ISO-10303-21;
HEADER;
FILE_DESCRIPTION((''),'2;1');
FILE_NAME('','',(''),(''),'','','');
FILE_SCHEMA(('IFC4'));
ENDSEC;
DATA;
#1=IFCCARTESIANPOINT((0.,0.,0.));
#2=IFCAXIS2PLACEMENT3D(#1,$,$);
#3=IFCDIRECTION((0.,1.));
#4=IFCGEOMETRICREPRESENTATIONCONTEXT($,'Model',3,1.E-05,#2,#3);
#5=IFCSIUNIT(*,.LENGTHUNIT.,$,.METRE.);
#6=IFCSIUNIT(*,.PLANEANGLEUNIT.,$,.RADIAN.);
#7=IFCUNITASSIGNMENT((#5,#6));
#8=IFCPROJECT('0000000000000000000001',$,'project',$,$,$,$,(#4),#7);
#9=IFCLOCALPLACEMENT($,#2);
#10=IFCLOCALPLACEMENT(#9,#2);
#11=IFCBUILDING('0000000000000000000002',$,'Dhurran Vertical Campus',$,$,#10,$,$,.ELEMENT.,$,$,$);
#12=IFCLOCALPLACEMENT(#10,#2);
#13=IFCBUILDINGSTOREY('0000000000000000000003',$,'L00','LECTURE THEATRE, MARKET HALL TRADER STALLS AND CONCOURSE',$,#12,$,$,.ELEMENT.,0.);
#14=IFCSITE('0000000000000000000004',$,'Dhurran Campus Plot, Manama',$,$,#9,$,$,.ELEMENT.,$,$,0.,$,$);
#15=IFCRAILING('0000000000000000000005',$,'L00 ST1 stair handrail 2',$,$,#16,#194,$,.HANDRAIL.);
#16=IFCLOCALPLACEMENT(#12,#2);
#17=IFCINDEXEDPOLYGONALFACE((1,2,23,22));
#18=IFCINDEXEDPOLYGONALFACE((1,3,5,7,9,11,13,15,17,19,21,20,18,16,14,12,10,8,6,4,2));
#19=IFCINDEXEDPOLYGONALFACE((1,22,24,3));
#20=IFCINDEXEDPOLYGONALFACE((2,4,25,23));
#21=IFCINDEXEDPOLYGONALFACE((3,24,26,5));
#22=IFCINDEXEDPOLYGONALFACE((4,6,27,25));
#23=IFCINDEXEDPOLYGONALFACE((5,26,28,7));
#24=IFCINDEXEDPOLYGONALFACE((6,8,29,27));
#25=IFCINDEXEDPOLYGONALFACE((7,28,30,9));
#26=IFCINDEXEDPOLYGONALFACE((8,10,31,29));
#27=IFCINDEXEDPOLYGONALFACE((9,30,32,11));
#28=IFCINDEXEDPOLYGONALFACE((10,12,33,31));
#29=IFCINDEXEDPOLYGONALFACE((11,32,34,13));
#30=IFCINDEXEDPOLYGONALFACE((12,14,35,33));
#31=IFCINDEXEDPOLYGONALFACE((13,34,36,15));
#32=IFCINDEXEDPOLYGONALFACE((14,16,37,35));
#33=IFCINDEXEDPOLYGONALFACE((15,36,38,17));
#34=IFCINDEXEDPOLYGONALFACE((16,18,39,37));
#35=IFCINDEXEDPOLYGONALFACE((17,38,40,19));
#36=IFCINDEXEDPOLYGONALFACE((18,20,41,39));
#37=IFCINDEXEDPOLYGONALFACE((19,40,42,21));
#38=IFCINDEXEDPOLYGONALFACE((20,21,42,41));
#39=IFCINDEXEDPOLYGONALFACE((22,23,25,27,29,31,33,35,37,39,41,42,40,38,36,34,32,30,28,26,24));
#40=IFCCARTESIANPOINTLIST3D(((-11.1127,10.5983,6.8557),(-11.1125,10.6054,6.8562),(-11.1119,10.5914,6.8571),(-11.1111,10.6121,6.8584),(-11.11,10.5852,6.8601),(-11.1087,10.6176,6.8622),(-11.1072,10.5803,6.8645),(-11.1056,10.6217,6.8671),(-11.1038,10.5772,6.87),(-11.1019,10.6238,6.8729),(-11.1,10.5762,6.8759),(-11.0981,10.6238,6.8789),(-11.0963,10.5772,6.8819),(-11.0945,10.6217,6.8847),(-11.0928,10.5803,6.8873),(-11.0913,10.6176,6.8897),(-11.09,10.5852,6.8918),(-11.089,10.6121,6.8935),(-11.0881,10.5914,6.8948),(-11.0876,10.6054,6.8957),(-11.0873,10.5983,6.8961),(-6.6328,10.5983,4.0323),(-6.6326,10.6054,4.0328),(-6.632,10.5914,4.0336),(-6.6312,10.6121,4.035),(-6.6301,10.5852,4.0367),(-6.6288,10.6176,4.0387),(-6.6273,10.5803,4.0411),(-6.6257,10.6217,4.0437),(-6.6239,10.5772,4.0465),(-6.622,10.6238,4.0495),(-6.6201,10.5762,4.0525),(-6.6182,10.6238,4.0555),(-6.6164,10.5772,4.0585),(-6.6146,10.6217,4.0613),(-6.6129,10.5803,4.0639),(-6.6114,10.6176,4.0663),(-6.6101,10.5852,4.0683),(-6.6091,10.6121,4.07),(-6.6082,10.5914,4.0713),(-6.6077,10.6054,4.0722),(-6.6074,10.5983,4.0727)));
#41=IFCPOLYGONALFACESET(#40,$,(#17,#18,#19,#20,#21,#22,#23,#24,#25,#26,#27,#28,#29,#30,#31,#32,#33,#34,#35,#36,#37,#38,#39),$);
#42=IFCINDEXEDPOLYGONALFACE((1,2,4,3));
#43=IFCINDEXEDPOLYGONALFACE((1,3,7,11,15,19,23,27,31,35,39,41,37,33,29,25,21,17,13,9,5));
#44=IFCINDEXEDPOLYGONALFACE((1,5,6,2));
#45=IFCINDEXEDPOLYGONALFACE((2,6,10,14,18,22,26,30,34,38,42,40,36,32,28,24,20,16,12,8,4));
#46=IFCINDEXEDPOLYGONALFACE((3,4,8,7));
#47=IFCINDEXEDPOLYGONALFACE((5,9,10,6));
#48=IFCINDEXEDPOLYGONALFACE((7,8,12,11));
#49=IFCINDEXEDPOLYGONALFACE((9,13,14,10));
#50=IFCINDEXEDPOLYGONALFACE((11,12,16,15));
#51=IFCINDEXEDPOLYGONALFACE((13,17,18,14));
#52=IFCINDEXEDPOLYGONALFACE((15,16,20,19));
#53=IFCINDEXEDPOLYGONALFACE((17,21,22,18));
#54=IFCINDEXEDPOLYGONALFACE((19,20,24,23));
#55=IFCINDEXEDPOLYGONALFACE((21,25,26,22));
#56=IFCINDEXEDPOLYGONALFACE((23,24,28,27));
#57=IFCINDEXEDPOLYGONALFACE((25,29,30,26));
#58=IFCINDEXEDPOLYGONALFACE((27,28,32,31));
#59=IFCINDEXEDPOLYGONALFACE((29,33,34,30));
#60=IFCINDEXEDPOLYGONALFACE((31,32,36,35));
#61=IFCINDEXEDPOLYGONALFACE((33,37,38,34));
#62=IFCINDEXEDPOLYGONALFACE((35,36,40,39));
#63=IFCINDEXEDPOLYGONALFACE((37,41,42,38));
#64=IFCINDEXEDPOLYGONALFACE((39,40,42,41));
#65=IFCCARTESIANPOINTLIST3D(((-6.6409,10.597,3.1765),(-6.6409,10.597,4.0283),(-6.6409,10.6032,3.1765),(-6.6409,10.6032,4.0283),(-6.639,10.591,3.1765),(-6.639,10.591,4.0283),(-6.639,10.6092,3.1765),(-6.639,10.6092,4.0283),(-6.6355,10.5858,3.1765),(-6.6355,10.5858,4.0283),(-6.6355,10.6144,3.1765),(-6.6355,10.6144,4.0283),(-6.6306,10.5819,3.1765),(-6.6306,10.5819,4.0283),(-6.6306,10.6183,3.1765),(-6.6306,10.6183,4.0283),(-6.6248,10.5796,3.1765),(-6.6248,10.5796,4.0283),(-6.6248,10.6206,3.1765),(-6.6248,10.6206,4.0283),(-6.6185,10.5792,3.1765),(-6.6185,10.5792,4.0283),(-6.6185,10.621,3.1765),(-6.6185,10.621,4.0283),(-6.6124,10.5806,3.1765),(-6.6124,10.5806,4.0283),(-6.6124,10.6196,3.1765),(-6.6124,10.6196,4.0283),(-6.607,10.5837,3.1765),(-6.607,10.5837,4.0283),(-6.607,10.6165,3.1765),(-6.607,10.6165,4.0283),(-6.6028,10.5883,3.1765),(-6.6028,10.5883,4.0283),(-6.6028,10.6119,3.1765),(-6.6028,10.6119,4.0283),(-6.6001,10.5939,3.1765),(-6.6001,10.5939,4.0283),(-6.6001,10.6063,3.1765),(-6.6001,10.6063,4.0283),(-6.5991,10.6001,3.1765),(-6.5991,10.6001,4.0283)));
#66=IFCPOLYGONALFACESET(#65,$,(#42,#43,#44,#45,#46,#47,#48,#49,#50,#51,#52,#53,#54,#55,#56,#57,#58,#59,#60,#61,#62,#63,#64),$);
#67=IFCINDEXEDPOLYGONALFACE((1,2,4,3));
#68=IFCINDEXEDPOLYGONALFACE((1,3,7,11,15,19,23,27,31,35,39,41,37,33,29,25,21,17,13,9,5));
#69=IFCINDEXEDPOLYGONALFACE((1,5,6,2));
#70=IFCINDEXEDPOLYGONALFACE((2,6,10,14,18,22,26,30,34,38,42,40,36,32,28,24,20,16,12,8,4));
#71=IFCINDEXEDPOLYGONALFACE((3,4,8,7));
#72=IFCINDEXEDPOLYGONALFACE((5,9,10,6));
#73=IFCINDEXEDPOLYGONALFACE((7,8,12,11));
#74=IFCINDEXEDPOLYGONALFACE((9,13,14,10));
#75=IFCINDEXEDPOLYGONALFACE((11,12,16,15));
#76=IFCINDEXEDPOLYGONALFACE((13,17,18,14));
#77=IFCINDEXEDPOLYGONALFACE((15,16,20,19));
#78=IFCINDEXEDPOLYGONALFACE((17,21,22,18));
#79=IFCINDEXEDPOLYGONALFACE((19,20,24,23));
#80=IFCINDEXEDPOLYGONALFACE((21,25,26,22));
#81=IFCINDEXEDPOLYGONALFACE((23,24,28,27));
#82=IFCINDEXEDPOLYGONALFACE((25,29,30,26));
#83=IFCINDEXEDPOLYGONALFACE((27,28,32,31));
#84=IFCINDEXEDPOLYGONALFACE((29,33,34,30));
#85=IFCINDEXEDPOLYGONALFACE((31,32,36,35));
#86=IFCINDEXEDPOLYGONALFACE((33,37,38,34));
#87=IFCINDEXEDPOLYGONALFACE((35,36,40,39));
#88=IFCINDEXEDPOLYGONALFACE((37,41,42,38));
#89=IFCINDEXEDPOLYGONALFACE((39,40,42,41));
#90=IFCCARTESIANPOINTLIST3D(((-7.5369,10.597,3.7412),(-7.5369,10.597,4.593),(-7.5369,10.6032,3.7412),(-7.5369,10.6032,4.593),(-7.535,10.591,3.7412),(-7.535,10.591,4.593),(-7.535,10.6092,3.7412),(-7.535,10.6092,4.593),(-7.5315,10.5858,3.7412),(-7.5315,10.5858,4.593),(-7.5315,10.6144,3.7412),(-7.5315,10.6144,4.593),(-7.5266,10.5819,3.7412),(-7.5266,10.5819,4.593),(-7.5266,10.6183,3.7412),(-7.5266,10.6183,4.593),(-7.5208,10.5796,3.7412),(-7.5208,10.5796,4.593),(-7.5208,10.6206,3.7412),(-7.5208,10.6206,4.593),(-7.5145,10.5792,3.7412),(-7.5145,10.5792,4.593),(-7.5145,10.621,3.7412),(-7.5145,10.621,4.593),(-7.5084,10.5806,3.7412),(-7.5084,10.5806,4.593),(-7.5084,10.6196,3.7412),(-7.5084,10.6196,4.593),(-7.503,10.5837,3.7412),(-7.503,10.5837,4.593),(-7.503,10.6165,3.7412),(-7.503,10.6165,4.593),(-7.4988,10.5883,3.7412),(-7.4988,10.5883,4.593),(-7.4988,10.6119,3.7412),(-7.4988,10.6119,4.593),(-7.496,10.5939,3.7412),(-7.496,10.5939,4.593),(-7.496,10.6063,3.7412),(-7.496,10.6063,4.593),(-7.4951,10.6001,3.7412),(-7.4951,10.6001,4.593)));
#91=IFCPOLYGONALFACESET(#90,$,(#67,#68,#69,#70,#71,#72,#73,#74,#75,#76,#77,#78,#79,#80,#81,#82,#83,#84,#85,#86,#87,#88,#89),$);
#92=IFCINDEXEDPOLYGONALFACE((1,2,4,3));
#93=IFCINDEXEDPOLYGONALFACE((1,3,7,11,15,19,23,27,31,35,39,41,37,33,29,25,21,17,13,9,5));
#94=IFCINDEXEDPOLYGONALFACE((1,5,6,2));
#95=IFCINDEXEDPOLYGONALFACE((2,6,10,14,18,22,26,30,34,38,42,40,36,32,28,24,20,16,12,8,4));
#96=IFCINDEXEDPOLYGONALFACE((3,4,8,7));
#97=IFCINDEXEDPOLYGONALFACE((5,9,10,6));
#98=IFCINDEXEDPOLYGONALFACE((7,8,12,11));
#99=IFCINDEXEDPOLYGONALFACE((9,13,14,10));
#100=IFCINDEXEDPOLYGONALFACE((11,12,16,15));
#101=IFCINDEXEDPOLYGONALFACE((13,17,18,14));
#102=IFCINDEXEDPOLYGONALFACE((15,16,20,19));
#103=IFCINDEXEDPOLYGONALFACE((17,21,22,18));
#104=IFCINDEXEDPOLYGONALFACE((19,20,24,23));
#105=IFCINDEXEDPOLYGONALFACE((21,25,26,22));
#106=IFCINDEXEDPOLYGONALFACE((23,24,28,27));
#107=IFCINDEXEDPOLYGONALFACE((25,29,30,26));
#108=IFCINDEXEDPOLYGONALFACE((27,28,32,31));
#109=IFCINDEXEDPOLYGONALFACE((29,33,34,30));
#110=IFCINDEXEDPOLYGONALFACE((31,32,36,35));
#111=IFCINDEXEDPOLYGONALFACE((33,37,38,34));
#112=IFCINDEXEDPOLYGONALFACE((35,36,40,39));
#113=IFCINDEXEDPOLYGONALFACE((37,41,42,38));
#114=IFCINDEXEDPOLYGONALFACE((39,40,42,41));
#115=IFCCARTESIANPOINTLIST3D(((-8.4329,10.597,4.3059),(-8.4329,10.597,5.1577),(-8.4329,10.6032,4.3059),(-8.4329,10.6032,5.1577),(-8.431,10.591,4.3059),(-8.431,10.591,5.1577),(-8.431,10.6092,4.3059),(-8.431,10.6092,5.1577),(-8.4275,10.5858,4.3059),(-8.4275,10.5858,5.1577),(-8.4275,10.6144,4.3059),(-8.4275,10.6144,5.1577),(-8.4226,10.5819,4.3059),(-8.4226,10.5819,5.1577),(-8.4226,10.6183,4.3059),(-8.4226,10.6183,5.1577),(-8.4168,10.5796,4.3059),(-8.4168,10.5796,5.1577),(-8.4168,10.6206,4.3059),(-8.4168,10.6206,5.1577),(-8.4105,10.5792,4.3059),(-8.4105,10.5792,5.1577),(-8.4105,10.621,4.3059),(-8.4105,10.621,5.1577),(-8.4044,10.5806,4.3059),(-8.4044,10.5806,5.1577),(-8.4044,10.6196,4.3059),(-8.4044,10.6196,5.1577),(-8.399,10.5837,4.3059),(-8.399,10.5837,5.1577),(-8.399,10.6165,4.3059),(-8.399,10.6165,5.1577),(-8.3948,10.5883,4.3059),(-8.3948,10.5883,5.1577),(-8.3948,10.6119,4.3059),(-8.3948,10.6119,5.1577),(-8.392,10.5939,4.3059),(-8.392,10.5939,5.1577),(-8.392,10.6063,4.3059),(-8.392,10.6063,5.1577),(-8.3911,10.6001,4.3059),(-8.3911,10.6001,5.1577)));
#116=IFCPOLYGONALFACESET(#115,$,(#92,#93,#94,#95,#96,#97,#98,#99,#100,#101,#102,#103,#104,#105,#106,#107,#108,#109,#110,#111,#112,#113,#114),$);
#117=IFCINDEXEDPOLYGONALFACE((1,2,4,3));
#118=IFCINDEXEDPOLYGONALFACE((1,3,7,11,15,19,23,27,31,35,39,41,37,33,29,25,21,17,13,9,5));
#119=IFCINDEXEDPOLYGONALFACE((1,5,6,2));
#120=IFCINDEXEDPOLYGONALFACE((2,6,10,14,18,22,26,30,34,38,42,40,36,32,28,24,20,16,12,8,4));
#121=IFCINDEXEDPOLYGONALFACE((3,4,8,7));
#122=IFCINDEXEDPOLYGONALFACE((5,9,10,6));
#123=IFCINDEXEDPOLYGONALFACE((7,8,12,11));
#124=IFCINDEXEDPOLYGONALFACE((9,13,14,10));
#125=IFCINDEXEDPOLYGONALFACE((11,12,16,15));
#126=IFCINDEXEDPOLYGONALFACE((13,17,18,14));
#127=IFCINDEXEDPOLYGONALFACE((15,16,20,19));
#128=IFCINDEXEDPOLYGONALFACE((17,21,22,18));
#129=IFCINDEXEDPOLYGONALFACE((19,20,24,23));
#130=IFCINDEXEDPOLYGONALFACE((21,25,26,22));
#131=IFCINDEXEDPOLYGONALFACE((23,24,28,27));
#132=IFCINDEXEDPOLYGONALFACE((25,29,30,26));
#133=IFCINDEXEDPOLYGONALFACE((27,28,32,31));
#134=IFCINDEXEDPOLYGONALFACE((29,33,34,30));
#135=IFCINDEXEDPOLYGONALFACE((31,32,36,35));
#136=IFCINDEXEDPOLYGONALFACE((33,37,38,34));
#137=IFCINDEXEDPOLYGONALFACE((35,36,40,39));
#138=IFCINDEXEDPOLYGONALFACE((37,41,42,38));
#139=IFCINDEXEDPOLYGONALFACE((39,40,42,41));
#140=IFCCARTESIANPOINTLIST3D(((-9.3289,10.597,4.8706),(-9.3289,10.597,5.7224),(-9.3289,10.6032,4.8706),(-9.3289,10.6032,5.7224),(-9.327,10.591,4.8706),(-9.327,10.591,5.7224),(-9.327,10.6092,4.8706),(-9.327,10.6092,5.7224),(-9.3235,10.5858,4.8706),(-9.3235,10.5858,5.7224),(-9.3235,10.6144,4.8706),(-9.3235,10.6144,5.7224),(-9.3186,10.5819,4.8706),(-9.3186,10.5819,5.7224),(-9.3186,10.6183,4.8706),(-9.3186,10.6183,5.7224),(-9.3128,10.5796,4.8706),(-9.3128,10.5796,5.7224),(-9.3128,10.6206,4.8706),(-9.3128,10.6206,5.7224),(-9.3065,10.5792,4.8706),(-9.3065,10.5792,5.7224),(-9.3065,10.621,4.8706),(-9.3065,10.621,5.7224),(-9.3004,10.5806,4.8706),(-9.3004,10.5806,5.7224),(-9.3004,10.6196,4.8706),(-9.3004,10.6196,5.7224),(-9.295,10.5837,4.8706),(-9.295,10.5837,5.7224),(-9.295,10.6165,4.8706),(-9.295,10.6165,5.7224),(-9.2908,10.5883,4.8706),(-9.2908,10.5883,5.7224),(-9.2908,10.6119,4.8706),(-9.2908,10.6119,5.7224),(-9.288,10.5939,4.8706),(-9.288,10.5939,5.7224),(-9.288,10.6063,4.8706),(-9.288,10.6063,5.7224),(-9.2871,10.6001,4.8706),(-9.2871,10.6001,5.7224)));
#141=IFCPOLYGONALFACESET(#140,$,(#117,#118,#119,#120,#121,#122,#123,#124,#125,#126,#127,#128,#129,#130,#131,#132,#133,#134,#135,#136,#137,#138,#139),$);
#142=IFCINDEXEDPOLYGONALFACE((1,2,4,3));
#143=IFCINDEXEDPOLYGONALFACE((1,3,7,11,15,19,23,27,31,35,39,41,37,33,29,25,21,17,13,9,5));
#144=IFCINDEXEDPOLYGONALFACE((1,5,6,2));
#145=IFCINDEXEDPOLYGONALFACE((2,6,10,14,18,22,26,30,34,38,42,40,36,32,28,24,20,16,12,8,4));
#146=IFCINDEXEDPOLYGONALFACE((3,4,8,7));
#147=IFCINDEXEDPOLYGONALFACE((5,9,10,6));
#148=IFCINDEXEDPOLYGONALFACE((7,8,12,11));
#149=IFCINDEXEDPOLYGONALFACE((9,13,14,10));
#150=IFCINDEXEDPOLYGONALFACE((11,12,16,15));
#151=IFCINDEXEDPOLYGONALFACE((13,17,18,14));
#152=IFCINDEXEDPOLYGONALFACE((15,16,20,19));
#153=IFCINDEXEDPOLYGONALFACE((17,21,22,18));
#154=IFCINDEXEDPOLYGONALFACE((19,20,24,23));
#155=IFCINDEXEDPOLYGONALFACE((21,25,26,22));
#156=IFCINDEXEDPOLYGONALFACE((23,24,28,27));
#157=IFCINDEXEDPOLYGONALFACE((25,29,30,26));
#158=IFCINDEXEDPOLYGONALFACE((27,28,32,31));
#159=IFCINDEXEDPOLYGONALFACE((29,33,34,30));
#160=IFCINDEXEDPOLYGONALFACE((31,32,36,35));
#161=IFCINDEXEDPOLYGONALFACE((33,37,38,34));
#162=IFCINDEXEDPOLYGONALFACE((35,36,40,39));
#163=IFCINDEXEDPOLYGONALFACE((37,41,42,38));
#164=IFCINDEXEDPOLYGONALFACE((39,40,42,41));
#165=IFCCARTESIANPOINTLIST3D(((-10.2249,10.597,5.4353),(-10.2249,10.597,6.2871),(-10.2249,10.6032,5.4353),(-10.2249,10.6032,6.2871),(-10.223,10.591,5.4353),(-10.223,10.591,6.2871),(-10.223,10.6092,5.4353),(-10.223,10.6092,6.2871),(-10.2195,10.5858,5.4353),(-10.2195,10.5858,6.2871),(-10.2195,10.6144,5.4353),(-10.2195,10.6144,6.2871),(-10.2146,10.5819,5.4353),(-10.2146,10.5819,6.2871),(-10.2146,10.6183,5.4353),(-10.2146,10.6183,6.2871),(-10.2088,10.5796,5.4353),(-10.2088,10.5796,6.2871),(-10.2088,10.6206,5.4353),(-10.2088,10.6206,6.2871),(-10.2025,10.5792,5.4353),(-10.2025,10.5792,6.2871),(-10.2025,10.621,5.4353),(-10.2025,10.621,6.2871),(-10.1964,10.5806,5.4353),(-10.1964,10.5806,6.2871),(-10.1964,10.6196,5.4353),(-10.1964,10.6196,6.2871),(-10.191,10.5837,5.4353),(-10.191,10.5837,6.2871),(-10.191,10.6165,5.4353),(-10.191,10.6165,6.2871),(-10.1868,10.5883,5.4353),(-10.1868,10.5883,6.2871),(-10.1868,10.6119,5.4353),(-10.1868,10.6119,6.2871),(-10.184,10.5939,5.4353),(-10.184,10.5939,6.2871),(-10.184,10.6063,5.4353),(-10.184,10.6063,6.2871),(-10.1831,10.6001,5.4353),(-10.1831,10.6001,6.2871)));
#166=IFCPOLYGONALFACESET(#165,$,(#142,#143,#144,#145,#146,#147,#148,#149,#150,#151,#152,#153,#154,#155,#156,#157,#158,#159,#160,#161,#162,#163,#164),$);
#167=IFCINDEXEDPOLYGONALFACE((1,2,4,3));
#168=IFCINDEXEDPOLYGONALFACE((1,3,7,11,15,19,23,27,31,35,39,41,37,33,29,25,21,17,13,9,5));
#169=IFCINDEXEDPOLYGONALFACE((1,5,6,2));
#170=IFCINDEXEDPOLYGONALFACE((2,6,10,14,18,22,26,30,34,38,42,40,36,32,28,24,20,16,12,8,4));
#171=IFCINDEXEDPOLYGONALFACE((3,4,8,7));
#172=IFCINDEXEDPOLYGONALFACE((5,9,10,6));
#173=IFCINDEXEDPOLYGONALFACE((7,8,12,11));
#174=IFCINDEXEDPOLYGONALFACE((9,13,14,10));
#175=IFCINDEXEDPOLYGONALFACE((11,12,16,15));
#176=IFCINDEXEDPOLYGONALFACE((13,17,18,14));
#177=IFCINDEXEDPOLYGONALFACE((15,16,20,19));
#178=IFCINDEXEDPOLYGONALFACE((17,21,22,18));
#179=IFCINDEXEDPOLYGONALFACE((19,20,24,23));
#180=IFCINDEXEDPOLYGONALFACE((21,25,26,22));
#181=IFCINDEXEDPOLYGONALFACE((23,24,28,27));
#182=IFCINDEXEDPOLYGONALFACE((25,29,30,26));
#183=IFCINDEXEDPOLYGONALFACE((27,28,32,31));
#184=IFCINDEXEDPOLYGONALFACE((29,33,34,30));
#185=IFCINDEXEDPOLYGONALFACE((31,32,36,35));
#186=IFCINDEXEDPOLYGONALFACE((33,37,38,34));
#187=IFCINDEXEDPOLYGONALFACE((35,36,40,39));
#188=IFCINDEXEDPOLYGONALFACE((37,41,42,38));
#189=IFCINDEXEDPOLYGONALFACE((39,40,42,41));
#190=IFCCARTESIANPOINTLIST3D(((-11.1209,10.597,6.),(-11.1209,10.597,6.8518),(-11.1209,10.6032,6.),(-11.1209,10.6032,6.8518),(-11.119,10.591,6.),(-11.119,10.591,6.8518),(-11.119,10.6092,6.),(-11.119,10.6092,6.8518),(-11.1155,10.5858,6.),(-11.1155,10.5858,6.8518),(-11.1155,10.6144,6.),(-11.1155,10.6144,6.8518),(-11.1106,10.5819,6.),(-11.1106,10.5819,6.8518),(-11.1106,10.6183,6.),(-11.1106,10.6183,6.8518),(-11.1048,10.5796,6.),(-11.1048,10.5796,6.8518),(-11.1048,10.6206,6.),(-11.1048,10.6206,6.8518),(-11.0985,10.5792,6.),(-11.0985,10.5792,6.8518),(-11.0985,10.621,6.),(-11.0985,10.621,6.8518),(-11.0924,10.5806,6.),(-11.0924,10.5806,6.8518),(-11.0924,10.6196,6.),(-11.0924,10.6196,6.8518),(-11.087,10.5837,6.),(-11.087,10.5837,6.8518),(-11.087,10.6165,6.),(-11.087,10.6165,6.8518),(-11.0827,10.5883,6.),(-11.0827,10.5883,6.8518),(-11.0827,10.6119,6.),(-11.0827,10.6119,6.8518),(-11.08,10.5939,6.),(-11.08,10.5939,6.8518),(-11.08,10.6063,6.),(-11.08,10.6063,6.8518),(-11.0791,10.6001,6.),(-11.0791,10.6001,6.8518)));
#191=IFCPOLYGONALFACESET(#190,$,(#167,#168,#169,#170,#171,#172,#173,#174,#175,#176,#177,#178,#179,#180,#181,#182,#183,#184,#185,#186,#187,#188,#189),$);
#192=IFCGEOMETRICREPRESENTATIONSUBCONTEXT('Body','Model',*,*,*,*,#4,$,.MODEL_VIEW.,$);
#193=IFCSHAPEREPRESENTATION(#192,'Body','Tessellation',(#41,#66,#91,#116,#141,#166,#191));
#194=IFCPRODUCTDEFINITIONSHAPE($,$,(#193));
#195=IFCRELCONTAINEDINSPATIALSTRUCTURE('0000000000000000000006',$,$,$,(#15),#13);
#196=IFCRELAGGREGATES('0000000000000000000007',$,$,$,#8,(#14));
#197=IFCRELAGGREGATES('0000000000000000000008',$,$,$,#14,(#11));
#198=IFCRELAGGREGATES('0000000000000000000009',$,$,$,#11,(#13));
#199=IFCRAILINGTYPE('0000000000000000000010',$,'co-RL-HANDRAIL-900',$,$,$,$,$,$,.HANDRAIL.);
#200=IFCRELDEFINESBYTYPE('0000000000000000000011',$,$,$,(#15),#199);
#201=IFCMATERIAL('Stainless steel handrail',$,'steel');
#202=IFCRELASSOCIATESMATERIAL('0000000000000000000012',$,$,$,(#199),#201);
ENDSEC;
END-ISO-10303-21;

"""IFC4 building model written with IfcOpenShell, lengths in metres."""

from ifc_helpers import new_model, si_unit, direction, frame, origin, origin_2d, place, context, subcontext, project, spatial, circle, extrude, material, type_object, element, save


model = new_model("IFC4")

# Units and contexts
model_context = context("Model", 3, precision=1e-05, world=origin(), true_north=direction((0.0, 1.0)))
body_context = subcontext(model_context, "Body", "Model", "MODEL_VIEW")
ifc_project = project(units=[si_unit("LENGTHUNIT", "METRE"), si_unit("PLANEANGLEUNIT", "RADIAN")], contexts=[model_context])

# Site, building, storey
site_placement = place(None, origin())
site = spatial("IfcSite", under=ifc_project, at=site_placement, Name="Dhurran Campus Plot, Manama", CompositionType="ELEMENT", RefElevation=0.0)
building_placement = place(site_placement, origin())
building = spatial("IfcBuilding", under=site, at=building_placement, Name="Dhurran Vertical Campus", CompositionType="ELEMENT")
storey_placement = place(building_placement, origin())
storey = spatial("IfcBuildingStorey", under=building, at=storey_placement, Name="L00", Description="LECTURE THEATRE, MARKET HALL TRADER STALLS AND CONCOURSE", CompositionType="ELEMENT", Elevation=0.0)

# Railing
ifc_material_1 = material(Name="Stainless steel handrail", Category="steel")
railing_type_1 = type_object("IfcRailingType", Name="co-RL-HANDRAIL-900", PredefinedType="HANDRAIL", material=ifc_material_1)
railing_1_placement = place(storey_placement, frame((-6.6201, 10.6001, 3.1765)))
element("IfcRailing", 1, at=railing_1_placement, inside=storey, type_object=railing_type_1, Name="L00 ST1 stair handrail 2", PredefinedType="HANDRAIL", context=body_context, shape_type="SweptSolid", body=[
    extrude(circle(Radius=0.0239, at=origin_2d()), frame((0.0, 0.0, 0.876), z_axis=(-0.845998, 0.0, 0.533186), x_axis=(0.0, -1.0, 0.0)), (0.0, 0.0, 1.0), 5.2954),
    extrude(circle(Radius=0.021, at=origin_2d()), origin(), (0.0, 0.0, 1.0), 0.8518),
    extrude(circle(Radius=0.021, at=origin_2d()), frame((-0.896, 0.0, 0.5647)), (0.0, 0.0, 1.0), 0.8518),
    extrude(circle(Radius=0.021, at=origin_2d()), frame((-1.792, 0.0, 1.1294)), (0.0, 0.0, 1.0), 0.8518),
    extrude(circle(Radius=0.021, at=origin_2d()), frame((-2.688, 0.0, 1.6941)), (0.0, 0.0, 1.0), 0.8518),
    extrude(circle(Radius=0.021, at=origin_2d()), frame((-3.584, 0.0, 2.2588)), (0.0, 0.0, 1.0), 0.8518),
    extrude(circle(Radius=0.021, at=origin_2d()), frame((-4.48, 0.0, 2.8235)), (0.0, 0.0, 1.0), 0.8518),
])

save(model, "model.ifc")
